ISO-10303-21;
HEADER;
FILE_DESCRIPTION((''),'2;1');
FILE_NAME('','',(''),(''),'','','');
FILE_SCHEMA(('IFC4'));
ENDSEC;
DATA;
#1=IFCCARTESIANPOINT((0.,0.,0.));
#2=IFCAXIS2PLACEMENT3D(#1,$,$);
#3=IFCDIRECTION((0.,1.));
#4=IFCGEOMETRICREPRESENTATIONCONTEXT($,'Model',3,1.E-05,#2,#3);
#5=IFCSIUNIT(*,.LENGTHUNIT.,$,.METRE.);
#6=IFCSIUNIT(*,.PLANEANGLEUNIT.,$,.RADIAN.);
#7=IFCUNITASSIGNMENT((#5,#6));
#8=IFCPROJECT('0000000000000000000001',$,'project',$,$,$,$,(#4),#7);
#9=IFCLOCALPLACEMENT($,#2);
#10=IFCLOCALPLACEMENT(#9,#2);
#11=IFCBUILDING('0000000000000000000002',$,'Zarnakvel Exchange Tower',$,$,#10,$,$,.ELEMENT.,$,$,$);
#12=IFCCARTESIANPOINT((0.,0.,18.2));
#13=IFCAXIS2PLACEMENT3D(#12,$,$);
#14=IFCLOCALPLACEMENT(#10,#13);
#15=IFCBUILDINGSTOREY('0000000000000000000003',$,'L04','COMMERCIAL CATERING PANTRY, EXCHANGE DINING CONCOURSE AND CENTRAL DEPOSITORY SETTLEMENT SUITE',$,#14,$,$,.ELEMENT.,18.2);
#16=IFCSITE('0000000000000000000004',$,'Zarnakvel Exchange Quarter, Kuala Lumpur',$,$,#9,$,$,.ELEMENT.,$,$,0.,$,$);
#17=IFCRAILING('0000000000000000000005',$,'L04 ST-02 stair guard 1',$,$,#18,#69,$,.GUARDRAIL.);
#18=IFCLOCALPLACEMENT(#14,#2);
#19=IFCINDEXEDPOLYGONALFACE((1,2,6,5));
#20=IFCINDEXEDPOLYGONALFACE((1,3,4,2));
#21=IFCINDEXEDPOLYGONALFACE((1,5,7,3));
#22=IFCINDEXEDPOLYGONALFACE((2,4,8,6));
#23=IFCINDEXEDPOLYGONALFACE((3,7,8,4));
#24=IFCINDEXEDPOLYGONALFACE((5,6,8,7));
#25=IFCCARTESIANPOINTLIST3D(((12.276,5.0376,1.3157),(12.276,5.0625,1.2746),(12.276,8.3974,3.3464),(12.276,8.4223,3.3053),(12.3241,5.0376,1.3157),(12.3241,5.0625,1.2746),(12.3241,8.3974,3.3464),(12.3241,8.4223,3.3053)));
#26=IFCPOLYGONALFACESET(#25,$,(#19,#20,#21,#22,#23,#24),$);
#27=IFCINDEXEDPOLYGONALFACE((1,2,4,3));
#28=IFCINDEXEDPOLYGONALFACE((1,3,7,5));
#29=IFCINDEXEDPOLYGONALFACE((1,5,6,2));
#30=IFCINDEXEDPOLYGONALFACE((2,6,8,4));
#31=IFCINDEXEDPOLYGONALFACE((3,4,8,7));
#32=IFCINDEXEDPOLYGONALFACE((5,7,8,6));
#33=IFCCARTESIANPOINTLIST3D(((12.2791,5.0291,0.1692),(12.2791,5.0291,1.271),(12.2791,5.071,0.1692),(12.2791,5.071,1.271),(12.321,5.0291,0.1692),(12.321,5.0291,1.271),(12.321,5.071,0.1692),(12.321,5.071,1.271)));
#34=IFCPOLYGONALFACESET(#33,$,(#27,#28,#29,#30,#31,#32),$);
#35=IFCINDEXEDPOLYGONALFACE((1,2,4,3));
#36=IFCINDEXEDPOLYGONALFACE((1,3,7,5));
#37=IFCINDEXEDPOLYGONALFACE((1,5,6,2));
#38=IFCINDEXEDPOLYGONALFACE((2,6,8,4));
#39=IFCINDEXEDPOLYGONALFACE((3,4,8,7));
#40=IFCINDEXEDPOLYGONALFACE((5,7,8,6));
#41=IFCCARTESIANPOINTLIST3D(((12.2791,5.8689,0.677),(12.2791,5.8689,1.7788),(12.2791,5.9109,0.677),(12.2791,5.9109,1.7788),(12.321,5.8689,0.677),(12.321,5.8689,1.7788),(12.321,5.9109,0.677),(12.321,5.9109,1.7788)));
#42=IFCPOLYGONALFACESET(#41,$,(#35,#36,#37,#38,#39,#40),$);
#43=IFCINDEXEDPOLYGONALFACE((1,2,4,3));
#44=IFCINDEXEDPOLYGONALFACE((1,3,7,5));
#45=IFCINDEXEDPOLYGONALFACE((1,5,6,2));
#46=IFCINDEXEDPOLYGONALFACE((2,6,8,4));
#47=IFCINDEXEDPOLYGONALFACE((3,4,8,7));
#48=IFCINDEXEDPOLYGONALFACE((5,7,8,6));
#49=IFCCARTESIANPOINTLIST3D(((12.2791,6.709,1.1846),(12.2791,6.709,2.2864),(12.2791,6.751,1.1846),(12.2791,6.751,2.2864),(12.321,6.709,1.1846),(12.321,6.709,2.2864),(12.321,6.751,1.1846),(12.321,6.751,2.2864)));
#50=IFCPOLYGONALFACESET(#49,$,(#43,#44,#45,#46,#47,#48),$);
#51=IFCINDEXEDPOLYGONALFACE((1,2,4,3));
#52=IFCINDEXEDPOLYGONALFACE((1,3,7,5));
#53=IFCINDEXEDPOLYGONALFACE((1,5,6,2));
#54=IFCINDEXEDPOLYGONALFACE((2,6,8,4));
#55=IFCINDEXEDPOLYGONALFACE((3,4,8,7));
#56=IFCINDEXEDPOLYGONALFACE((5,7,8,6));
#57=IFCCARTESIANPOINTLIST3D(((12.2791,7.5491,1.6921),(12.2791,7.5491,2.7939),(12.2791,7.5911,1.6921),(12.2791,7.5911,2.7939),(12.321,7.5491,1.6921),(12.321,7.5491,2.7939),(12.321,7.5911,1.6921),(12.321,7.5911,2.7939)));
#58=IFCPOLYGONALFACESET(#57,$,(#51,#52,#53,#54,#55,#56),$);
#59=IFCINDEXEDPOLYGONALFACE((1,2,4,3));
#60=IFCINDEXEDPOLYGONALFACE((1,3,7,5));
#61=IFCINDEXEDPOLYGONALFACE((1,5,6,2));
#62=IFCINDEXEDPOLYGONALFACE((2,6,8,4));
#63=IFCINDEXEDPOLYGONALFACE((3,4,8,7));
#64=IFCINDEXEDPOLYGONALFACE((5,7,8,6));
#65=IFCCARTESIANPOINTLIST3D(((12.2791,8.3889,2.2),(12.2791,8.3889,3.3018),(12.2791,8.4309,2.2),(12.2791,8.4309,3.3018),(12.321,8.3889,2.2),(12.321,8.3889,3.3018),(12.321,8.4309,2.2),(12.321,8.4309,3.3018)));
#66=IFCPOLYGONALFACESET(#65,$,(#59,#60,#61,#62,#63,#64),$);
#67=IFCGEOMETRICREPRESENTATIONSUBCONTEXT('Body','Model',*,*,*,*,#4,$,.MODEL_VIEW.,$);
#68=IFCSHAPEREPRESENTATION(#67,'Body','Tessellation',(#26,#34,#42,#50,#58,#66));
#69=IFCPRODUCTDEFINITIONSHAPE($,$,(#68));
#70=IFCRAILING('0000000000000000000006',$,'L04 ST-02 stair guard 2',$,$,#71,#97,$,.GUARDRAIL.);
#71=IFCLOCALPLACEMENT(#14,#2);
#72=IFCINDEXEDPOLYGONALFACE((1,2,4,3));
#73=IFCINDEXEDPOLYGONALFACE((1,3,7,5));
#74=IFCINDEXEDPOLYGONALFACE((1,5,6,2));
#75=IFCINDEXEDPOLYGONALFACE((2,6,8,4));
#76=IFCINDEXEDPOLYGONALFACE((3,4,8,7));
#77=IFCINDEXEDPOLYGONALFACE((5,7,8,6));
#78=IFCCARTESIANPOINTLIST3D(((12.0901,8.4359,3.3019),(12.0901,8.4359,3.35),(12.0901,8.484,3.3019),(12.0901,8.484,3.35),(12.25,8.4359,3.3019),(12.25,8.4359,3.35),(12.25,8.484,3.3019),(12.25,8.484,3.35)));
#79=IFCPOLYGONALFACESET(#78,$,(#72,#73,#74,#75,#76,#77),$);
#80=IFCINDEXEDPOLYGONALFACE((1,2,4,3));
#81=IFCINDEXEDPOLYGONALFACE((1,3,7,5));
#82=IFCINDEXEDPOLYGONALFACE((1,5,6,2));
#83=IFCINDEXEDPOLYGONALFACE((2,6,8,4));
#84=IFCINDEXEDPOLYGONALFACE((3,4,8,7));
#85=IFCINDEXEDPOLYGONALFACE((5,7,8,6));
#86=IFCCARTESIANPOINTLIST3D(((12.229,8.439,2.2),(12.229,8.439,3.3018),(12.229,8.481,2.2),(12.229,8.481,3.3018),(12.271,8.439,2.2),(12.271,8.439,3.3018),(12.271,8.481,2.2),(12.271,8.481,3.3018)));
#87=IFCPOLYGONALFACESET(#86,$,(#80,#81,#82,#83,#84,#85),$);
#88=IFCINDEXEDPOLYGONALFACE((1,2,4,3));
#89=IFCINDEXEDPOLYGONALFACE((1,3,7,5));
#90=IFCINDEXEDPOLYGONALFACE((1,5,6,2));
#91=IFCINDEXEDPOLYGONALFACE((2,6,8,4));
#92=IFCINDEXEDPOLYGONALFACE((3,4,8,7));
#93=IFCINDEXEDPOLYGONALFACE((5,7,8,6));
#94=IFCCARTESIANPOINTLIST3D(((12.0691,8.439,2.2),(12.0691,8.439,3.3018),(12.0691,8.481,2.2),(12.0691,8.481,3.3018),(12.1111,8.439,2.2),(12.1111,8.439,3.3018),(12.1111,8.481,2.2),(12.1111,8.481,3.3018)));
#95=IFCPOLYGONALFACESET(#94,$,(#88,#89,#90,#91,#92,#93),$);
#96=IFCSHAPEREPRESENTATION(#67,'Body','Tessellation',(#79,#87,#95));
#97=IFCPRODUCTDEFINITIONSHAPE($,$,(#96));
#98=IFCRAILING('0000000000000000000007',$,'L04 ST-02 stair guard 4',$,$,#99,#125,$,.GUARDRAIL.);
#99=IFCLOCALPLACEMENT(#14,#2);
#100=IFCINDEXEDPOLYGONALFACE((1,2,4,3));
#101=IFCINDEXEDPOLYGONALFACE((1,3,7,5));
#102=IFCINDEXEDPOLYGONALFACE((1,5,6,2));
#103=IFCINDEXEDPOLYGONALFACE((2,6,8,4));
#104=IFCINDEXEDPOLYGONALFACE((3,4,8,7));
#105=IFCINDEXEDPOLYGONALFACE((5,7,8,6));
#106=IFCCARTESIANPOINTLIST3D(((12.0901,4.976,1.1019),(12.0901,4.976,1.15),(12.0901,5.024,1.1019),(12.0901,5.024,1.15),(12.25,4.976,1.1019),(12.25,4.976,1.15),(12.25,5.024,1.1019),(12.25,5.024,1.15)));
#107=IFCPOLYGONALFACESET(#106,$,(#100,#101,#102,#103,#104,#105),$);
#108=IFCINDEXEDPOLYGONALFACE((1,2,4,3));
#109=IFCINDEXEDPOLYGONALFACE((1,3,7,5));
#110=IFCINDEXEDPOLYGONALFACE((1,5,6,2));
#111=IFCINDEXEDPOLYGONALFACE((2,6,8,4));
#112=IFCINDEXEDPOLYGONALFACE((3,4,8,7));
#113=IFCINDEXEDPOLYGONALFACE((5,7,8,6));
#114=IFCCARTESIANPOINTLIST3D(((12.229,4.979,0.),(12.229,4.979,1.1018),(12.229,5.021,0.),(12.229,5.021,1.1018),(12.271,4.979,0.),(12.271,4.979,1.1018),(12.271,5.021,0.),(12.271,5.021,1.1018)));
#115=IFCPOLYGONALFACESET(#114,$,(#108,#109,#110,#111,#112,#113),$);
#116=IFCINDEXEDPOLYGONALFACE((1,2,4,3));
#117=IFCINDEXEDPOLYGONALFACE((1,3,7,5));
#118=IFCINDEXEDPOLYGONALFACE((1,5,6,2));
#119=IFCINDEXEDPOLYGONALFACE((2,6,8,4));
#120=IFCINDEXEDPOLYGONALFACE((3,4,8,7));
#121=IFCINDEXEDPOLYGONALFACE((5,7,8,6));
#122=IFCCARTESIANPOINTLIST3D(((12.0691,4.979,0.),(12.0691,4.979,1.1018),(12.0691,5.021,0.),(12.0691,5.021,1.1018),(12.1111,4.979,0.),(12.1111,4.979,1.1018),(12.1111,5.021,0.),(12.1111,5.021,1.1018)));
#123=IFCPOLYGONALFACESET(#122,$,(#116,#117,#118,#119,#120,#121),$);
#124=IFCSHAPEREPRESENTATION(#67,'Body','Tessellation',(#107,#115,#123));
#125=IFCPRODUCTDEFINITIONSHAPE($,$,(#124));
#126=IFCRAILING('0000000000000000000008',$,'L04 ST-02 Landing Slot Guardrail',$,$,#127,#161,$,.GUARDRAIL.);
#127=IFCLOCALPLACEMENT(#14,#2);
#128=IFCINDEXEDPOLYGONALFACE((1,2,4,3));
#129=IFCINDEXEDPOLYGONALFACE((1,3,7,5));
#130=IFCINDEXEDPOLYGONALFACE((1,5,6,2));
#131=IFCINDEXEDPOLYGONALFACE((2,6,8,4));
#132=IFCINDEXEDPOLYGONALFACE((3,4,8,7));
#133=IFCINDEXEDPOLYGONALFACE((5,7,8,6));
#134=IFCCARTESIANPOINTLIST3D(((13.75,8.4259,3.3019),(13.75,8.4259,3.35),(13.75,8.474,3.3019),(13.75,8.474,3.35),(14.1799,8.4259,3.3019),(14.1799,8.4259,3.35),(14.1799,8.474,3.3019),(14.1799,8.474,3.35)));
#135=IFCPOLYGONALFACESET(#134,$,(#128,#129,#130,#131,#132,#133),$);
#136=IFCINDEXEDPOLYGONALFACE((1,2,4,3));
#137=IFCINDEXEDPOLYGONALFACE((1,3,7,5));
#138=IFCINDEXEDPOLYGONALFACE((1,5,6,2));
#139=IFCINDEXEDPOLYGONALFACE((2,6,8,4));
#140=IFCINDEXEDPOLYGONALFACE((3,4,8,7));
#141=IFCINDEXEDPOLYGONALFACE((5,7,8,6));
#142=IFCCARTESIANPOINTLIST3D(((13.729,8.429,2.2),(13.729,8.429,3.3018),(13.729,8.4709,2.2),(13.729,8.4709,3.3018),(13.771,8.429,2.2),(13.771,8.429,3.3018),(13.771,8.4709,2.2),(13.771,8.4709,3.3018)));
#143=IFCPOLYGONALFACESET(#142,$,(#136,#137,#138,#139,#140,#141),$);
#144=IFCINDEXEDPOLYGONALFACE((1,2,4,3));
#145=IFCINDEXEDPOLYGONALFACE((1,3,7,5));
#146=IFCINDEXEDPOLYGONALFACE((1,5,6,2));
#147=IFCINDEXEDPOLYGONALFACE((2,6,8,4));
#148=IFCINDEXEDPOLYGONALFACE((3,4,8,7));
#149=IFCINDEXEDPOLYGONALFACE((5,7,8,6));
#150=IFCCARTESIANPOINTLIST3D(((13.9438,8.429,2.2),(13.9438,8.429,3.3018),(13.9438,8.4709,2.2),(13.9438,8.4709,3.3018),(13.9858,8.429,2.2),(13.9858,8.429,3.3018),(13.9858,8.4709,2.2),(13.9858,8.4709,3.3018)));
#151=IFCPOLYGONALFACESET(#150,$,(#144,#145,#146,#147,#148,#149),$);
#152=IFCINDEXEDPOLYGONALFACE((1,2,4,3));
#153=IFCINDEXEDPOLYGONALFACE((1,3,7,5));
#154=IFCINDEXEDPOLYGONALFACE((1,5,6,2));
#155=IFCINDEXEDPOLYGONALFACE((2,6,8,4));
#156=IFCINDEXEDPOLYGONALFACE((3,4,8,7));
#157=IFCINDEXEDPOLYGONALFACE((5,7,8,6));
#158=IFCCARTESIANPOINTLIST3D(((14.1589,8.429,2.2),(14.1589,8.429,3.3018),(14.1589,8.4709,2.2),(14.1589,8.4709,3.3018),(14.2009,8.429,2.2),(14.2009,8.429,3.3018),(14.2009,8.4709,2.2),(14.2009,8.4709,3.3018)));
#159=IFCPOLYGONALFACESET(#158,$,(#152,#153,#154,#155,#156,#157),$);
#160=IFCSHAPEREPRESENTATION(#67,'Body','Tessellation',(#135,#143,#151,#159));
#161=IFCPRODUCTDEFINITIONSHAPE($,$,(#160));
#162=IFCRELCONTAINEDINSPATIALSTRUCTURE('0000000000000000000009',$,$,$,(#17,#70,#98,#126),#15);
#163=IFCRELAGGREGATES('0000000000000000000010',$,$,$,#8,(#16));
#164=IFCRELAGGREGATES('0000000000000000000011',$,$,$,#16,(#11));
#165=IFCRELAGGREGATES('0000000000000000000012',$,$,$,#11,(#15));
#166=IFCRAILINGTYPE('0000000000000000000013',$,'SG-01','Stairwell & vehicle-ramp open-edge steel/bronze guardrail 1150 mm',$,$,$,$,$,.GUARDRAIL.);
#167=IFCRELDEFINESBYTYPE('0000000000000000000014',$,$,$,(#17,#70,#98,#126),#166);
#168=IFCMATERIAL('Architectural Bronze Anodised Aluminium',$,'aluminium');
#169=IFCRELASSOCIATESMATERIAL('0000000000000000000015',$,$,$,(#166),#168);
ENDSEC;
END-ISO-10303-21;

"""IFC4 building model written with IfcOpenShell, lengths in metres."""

from ifc_helpers import new_model, si_unit, direction, frame, origin, origin_2d, place, context, subcontext, project, spatial, rectangle, extrude, material, type_object, element, save


model = new_model("IFC4")

# Units and contexts
model_context = context("Model", 3, precision=1e-05, world=origin(), true_north=direction((0.0, 1.0)))
body_context = subcontext(model_context, "Body", "Model", "MODEL_VIEW")
ifc_project = project(units=[si_unit("LENGTHUNIT", "METRE"), si_unit("PLANEANGLEUNIT", "RADIAN")], contexts=[model_context])

# Site, building, storey
site_placement = place(None, origin())
site = spatial("IfcSite", under=ifc_project, at=site_placement, Name="Zarnakvel Exchange Quarter, Kuala Lumpur", CompositionType="ELEMENT", RefElevation=0.0)
building_placement = place(site_placement, origin())
building = spatial("IfcBuilding", under=site, at=building_placement, Name="Zarnakvel Exchange Tower", CompositionType="ELEMENT")
storey_placement = place(building_placement, frame((0.0, 0.0, 18.2)))
storey = spatial("IfcBuildingStorey", under=building, at=storey_placement, Name="L04", Description="COMMERCIAL CATERING PANTRY, EXCHANGE DINING CONCOURSE AND CENTRAL DEPOSITORY SETTLEMENT SUITE", CompositionType="ELEMENT", Elevation=18.2)

# Shared definitions
ifc_material_1 = material(Name="Architectural Bronze Anodised Aluminium", Category="aluminium")

# Railings
railing_type_1 = type_object("IfcRailingType", Name="SG-01", Description="Stairwell & vehicle-ramp open-edge steel/bronze guardrail 1150 mm", PredefinedType="GUARDRAIL", material=ifc_material_1)
railing_1_placement = place(storey_placement, frame((12.3, 5.05, 0.1692)))
element("IfcRailing", 1, at=railing_1_placement, inside=storey, type_object=railing_type_1, Name="L04 ST-02 stair guard 1", PredefinedType="GUARDRAIL", context=body_context, shape_type="SweptSolid", body=[
    extrude(rectangle(XDim=0.0481, YDim=0.0481, at=origin_2d()), frame((0.0, 0.0, 1.126), z_axis=(0.0, 0.85582, 0.517273), x_axis=(-1.0, 0.0, 0.0)), (0.0, 0.0, 1.0), 3.9258),
    extrude(rectangle(XDim=0.042, YDim=0.042, at=origin_2d()), origin(), (0.0, 0.0, 1.0), 1.1018),
    extrude(rectangle(XDim=0.042, YDim=0.042, at=origin_2d()), frame((0.0, 0.8398, 0.5078)), (0.0, 0.0, 1.0), 1.1018),
    extrude(rectangle(XDim=0.042, YDim=0.042, at=origin_2d()), frame((0.0, 1.6799, 1.0154)), (0.0, 0.0, 1.0), 1.1018),
    extrude(rectangle(XDim=0.042, YDim=0.042, at=origin_2d()), frame((0.0, 2.52, 1.5229)), (0.0, 0.0, 1.0), 1.1018),
    extrude(rectangle(XDim=0.042, YDim=0.042, at=origin_2d()), frame((0.0, 3.3599, 2.0308)), (0.0, 0.0, 1.0), 1.1018),
])
for number, where, name in (
    (2, (12.25, 8.46, 2.2), "L04 ST-02 stair guard 2"),
    (3, (12.25, 5.0, 0.0), "L04 ST-02 stair guard 4"),
):
    element("IfcRailing", number, at=place(storey_placement, frame(where)), inside=storey, type_object=railing_type_1, Name=name, PredefinedType="GUARDRAIL", context=body_context, shape_type="SweptSolid", body=[
        extrude(rectangle(XDim=0.0481, YDim=0.0481, at=origin_2d()), frame((0.0, 0.0, 1.126), z_axis=(-1.0, 0.0, 0.0), x_axis=(0.0, -1.0, 0.0)), (0.0, 0.0, 1.0), 0.1599),
        extrude(rectangle(XDim=0.042, YDim=0.042, at=origin_2d()), origin(), (0.0, 0.0, 1.0), 1.1018),
        extrude(rectangle(XDim=0.042, YDim=0.042, at=origin_2d()), frame((-0.1599, 0.0, 0.0)), (0.0, 0.0, 1.0), 1.1018),
    ])
railing_2_placement = place(storey_placement, frame((13.75, 8.45, 2.2)))
element("IfcRailing", 4, at=railing_2_placement, inside=storey, type_object=railing_type_1, Name="L04 ST-02 Landing Slot Guardrail", PredefinedType="GUARDRAIL", context=body_context, shape_type="SweptSolid", body=[
    extrude(rectangle(XDim=0.0481, YDim=0.0481, at=origin_2d()), frame((0.0, 0.0, 1.126), z_axis=(1.0, 0.0, 0.0), x_axis=(0.0, 1.0, 0.0)), (0.0, 0.0, 1.0), 0.4299),
    extrude(rectangle(XDim=0.042, YDim=0.042, at=origin_2d()), origin(), (0.0, 0.0, 1.0), 1.1018),
    extrude(rectangle(XDim=0.042, YDim=0.042, at=origin_2d()), frame((0.2148, 0.0, 0.0)), (0.0, 0.0, 1.0), 1.1018),
    extrude(rectangle(XDim=0.042, YDim=0.042, at=origin_2d()), frame((0.4299, 0.0, 0.0)), (0.0, 0.0, 1.0), 1.1018),
])

save(model, "model.ifc")
